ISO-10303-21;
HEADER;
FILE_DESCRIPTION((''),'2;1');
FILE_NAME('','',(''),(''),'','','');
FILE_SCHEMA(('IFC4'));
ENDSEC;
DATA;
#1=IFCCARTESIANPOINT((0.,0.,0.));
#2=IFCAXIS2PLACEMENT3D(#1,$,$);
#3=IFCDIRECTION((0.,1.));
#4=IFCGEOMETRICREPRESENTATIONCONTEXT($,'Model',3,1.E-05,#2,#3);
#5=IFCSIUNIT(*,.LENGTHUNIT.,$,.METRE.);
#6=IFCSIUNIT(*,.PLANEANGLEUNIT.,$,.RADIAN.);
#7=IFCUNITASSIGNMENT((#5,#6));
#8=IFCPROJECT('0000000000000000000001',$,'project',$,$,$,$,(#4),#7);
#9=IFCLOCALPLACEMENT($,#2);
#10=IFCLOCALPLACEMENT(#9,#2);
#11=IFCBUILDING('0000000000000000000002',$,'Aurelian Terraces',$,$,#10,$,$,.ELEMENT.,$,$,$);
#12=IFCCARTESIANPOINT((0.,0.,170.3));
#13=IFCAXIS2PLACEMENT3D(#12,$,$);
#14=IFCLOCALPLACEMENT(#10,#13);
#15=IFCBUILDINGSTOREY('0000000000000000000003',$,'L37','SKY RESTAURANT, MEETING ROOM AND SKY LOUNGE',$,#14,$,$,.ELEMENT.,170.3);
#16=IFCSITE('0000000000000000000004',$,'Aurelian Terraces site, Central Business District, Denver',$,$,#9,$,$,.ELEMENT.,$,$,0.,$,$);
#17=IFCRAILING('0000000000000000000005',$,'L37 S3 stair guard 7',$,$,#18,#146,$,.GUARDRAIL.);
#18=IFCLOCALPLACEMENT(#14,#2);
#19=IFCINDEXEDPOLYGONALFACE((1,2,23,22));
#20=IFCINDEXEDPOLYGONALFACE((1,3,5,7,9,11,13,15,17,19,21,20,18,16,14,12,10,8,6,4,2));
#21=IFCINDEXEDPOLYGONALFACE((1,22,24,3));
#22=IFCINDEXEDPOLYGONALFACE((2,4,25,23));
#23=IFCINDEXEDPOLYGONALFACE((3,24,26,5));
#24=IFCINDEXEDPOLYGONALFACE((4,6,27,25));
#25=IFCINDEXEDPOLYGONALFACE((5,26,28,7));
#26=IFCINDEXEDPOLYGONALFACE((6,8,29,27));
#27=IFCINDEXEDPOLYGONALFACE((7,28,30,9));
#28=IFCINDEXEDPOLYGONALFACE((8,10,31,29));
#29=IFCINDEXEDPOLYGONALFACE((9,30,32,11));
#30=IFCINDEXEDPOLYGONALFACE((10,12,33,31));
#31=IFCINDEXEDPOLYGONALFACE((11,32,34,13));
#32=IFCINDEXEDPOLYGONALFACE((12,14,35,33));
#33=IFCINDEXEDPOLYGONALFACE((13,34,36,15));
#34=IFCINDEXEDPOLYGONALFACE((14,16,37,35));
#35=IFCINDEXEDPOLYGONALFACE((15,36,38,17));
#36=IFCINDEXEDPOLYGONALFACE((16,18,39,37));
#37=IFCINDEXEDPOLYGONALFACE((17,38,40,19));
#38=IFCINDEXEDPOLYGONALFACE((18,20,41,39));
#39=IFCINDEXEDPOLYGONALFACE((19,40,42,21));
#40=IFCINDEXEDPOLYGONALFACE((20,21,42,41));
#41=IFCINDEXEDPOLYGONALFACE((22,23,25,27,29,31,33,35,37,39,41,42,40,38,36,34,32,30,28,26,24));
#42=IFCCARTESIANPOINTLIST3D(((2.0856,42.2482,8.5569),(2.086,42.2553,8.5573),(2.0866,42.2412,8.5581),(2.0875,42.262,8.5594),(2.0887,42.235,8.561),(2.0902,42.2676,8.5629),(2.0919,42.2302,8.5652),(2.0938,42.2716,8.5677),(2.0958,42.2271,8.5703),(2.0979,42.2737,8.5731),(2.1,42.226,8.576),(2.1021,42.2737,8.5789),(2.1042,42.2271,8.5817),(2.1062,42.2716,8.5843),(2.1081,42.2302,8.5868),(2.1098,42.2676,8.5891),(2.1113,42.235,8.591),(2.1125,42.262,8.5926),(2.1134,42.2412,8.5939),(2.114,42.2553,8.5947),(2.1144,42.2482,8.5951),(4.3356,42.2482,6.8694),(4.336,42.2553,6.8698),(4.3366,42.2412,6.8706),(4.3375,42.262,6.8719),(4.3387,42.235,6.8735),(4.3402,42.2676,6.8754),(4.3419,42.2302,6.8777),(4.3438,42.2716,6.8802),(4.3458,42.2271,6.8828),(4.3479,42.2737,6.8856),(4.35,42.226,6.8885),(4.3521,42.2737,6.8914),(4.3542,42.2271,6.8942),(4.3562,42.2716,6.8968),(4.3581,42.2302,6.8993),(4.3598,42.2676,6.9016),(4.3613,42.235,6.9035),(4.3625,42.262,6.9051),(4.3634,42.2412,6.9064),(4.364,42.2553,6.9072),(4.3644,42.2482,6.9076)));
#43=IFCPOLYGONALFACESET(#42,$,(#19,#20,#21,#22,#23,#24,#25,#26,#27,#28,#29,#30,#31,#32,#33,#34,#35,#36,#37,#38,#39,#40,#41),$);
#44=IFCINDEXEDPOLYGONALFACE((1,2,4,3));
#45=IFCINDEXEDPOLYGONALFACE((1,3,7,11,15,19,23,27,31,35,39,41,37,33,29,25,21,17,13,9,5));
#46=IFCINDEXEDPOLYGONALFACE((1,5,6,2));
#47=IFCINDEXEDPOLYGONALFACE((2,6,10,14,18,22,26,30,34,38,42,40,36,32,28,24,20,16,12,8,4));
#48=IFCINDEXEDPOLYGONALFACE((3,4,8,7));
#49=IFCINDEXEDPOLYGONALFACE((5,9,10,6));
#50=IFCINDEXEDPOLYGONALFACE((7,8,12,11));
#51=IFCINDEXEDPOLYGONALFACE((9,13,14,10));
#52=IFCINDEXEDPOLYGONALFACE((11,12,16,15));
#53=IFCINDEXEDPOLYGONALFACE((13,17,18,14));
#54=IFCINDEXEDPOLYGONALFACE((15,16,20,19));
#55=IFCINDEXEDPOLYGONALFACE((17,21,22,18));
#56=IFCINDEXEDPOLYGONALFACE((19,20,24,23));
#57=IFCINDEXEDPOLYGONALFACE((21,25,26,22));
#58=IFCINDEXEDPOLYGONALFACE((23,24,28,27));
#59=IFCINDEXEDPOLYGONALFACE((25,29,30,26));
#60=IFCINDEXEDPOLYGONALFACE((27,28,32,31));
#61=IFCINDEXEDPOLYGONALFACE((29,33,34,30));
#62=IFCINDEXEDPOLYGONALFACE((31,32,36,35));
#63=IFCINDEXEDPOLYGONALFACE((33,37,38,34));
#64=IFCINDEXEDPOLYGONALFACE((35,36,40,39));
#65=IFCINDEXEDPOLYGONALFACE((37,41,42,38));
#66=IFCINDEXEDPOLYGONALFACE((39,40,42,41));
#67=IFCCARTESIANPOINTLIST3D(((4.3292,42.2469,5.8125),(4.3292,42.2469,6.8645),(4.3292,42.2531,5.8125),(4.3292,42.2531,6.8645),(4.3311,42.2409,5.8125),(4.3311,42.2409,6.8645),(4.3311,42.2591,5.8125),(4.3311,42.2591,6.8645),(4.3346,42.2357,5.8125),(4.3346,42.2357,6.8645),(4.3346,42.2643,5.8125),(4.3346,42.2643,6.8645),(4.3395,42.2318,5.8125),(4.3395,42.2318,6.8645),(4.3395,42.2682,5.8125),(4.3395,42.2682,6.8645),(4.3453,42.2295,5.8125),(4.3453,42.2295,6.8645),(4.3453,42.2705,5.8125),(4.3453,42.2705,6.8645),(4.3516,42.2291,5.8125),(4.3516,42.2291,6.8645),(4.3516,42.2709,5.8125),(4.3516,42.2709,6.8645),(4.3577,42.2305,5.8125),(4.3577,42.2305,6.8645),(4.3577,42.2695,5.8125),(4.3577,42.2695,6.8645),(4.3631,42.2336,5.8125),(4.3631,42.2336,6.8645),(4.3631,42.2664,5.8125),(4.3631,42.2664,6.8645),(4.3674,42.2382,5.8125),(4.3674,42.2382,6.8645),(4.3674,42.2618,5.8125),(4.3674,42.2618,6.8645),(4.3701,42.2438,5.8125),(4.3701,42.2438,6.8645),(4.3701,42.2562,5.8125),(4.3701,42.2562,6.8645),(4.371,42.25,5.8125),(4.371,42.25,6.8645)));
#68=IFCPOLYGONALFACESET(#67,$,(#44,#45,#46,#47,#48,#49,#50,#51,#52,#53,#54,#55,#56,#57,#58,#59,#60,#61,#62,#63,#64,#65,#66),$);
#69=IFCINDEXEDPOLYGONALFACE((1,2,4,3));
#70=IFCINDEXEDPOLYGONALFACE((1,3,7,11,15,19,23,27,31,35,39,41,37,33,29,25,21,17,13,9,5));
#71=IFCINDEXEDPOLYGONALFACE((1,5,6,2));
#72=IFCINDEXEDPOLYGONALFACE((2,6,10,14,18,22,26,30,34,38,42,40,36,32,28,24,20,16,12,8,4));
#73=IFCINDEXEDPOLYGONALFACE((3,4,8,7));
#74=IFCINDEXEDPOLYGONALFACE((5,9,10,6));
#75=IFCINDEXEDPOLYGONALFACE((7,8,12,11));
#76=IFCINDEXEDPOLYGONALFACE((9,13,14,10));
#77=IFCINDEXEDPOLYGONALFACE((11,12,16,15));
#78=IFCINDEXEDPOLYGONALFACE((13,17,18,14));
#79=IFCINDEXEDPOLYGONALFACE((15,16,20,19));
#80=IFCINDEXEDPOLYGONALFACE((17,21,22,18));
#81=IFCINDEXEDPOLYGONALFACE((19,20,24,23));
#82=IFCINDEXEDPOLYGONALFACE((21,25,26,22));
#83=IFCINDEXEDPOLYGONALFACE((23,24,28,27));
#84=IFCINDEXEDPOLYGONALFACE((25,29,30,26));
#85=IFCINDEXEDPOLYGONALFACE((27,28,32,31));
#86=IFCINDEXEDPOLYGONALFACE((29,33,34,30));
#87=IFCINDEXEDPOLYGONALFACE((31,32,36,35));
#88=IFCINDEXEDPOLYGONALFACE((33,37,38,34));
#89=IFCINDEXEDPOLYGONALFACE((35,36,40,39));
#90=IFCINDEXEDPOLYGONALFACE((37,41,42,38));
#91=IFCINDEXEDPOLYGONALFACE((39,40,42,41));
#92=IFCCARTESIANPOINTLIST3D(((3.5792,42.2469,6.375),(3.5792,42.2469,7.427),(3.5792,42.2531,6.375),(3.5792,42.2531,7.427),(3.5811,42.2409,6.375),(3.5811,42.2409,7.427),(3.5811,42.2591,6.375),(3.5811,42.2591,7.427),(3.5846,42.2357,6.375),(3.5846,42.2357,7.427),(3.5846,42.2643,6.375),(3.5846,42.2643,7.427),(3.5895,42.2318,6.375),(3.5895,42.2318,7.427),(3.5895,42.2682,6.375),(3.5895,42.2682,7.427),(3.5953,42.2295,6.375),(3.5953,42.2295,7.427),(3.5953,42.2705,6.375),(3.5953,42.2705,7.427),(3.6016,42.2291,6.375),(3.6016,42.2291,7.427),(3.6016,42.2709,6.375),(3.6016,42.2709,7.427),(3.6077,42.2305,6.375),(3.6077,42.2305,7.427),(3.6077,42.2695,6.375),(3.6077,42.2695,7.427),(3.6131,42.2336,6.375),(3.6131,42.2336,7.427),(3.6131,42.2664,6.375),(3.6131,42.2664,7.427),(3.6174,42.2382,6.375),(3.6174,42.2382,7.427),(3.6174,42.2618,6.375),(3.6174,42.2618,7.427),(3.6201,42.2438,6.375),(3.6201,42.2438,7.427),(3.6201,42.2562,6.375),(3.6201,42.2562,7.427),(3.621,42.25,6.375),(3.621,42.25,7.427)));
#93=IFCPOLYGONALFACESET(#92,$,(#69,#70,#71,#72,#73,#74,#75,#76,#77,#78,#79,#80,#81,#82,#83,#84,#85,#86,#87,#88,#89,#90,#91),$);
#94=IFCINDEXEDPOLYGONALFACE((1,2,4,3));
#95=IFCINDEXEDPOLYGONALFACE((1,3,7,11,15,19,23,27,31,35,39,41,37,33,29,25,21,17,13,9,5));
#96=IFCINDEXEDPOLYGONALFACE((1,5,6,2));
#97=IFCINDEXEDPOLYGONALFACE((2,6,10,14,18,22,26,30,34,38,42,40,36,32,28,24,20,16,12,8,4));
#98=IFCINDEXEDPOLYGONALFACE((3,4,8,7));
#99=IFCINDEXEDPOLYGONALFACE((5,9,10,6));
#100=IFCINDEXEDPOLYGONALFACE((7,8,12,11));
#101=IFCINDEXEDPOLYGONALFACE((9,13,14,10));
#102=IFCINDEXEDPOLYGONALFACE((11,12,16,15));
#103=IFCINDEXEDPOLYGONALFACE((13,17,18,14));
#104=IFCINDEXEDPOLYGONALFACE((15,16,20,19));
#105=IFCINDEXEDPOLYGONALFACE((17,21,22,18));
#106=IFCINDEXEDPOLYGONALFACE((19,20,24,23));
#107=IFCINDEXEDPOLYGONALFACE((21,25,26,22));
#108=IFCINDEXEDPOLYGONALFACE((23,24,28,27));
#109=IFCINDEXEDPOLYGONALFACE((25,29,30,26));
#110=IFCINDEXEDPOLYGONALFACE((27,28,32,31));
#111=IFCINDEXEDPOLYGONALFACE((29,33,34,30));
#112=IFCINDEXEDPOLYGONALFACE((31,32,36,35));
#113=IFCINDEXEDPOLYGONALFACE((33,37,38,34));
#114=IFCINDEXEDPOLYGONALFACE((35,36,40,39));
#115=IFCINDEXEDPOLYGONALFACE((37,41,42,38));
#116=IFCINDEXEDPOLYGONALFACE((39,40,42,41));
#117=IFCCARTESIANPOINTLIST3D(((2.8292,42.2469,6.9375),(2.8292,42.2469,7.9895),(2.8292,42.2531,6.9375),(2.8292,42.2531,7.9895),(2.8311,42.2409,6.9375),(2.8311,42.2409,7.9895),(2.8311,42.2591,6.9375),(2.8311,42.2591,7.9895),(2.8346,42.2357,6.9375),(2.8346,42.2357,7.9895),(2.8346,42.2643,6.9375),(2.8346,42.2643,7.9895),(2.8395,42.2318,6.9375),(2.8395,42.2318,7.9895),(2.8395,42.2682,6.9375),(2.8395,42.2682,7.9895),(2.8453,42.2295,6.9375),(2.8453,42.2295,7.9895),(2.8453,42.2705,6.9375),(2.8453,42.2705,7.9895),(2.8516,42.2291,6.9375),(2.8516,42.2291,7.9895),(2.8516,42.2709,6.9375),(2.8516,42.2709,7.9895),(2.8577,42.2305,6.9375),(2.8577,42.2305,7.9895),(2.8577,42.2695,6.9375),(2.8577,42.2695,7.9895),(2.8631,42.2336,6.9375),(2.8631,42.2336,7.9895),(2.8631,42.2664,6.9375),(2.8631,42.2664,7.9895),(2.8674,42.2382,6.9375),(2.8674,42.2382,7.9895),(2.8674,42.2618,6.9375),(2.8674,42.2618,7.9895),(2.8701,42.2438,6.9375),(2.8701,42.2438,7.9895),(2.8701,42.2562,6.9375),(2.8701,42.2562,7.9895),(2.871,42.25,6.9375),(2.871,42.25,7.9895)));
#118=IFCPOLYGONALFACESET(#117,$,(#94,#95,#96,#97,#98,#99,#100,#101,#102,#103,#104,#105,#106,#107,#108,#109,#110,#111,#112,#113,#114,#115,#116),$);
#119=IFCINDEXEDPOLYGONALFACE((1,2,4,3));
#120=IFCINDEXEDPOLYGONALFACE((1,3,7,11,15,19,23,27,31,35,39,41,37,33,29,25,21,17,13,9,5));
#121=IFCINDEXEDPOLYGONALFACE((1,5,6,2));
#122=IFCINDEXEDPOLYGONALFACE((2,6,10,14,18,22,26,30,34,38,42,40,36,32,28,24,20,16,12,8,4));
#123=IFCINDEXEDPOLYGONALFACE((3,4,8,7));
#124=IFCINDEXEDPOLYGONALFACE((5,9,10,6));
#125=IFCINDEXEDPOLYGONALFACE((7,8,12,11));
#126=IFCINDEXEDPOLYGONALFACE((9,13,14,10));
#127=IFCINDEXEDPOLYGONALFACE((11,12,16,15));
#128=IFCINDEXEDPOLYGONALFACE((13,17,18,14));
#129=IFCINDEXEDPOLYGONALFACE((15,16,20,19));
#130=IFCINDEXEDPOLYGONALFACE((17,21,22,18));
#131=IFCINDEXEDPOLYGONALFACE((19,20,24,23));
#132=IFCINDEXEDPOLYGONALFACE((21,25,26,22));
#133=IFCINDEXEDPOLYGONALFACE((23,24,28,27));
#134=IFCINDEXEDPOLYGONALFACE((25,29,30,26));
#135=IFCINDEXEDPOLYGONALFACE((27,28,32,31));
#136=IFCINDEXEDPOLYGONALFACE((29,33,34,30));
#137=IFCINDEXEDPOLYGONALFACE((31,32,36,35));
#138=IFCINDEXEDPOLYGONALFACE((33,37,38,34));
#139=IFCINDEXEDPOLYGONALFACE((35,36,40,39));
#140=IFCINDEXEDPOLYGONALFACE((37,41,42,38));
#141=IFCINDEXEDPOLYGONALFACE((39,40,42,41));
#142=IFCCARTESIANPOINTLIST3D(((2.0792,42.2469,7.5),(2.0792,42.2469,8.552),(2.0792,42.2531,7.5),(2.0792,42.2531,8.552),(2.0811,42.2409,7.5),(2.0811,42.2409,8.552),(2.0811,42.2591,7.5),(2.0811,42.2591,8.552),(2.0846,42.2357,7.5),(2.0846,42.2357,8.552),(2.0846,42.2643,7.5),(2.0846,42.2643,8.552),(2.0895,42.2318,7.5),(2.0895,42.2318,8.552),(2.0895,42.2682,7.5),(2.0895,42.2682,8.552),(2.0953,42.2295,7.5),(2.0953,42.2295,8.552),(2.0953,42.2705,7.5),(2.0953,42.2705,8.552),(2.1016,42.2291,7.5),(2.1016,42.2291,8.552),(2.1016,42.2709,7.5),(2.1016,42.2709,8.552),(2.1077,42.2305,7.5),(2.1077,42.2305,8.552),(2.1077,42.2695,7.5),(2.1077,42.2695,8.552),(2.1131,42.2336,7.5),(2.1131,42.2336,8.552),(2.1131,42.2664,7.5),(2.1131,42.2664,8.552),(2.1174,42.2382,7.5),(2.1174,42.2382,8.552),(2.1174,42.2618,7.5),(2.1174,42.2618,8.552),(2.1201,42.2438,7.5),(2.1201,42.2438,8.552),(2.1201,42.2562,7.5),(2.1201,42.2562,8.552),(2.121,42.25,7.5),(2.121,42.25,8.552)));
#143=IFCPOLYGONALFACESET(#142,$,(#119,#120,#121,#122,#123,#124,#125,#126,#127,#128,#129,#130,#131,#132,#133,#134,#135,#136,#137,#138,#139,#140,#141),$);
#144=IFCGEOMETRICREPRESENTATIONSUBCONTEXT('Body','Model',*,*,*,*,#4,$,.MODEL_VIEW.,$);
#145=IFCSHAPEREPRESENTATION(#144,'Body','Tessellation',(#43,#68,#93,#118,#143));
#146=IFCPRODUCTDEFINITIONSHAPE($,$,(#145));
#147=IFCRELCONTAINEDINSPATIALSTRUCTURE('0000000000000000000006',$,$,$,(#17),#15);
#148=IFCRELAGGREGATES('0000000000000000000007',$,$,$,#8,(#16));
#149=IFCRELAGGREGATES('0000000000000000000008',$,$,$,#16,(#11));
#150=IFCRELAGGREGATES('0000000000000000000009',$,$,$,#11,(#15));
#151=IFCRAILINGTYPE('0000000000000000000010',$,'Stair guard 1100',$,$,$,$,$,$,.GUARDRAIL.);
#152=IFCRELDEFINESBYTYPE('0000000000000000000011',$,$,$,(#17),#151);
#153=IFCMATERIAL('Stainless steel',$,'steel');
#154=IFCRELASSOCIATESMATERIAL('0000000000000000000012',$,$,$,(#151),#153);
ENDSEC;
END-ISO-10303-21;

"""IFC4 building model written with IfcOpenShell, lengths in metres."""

from ifc_helpers import new_model, si_unit, direction, frame, origin, origin_2d, place, context, subcontext, project, spatial, circle, extrude, source, transform, mapped, material, type_object, element, save


model = new_model("IFC4")

# Units and contexts
model_context = context("Model", 3, precision=1e-05, world=origin(), true_north=direction((0.0, 1.0)))
body_context = subcontext(model_context, "Body", "Model", "MODEL_VIEW")
ifc_project = project(units=[si_unit("LENGTHUNIT", "METRE"), si_unit("PLANEANGLEUNIT", "RADIAN")], contexts=[model_context])

# Site, building, storey
site_placement = place(None, origin())
site = spatial("IfcSite", under=ifc_project, at=site_placement, Name="Aurelian Terraces site, Central Business District, Denver", CompositionType="ELEMENT", RefElevation=0.0)
building_placement = place(site_placement, origin())
building = spatial("IfcBuilding", under=site, at=building_placement, Name="Aurelian Terraces", CompositionType="ELEMENT")
storey_placement = place(building_placement, frame((0.0, 0.0, 170.3)))
storey = spatial("IfcBuildingStorey", under=building, at=storey_placement, Name="L37", Description="SKY RESTAURANT, MEETING ROOM AND SKY LOUNGE", CompositionType="ELEMENT", Elevation=170.3)

# Railing
ifc_material_1 = material(Name="Stainless steel", Category="steel")
railing_type_1 = type_object("IfcRailingType", Name="Stair guard 1100", PredefinedType="GUARDRAIL", material=ifc_material_1)
shared_shape_1 = source(origin(), body_context, "Body", "SweptSolid", [
    extrude(circle(Radius=0.024, at=origin_2d()), frame((0.0, 0.0, 1.076), z_axis=(-0.8, 0.0, 0.6), x_axis=(0.0, -1.0, 0.0)), (0.0, 0.0, 1.0), 2.8125),
    extrude(circle(Radius=0.021, at=origin_2d()), origin(), (0.0, 0.0, 1.0), 1.052),
    extrude(circle(Radius=0.021, at=origin_2d()), frame((-0.75, 0.0, 0.5625)), (0.0, 0.0, 1.0), 1.052),
    extrude(circle(Radius=0.021, at=origin_2d()), frame((-1.5, 0.0, 1.125)), (0.0, 0.0, 1.0), 1.052),
    extrude(circle(Radius=0.021, at=origin_2d()), frame((-2.25, 0.0, 1.6875)), (0.0, 0.0, 1.0), 1.052),
])
for number, where, name in (
    (1, (4.35, 42.25, 5.8125), "L37 S3 stair guard 7"),
):
    element("IfcRailing", number, at=place(storey_placement, frame(where)), inside=storey, type_object=railing_type_1, Name=name, PredefinedType="GUARDRAIL", context=body_context, shape_type="MappedRepresentation", body=[
        mapped(shared_shape_1, transform((0.0, 0.0, 0.0), scale=1.0)),
    ])

save(model, "model.ifc")
